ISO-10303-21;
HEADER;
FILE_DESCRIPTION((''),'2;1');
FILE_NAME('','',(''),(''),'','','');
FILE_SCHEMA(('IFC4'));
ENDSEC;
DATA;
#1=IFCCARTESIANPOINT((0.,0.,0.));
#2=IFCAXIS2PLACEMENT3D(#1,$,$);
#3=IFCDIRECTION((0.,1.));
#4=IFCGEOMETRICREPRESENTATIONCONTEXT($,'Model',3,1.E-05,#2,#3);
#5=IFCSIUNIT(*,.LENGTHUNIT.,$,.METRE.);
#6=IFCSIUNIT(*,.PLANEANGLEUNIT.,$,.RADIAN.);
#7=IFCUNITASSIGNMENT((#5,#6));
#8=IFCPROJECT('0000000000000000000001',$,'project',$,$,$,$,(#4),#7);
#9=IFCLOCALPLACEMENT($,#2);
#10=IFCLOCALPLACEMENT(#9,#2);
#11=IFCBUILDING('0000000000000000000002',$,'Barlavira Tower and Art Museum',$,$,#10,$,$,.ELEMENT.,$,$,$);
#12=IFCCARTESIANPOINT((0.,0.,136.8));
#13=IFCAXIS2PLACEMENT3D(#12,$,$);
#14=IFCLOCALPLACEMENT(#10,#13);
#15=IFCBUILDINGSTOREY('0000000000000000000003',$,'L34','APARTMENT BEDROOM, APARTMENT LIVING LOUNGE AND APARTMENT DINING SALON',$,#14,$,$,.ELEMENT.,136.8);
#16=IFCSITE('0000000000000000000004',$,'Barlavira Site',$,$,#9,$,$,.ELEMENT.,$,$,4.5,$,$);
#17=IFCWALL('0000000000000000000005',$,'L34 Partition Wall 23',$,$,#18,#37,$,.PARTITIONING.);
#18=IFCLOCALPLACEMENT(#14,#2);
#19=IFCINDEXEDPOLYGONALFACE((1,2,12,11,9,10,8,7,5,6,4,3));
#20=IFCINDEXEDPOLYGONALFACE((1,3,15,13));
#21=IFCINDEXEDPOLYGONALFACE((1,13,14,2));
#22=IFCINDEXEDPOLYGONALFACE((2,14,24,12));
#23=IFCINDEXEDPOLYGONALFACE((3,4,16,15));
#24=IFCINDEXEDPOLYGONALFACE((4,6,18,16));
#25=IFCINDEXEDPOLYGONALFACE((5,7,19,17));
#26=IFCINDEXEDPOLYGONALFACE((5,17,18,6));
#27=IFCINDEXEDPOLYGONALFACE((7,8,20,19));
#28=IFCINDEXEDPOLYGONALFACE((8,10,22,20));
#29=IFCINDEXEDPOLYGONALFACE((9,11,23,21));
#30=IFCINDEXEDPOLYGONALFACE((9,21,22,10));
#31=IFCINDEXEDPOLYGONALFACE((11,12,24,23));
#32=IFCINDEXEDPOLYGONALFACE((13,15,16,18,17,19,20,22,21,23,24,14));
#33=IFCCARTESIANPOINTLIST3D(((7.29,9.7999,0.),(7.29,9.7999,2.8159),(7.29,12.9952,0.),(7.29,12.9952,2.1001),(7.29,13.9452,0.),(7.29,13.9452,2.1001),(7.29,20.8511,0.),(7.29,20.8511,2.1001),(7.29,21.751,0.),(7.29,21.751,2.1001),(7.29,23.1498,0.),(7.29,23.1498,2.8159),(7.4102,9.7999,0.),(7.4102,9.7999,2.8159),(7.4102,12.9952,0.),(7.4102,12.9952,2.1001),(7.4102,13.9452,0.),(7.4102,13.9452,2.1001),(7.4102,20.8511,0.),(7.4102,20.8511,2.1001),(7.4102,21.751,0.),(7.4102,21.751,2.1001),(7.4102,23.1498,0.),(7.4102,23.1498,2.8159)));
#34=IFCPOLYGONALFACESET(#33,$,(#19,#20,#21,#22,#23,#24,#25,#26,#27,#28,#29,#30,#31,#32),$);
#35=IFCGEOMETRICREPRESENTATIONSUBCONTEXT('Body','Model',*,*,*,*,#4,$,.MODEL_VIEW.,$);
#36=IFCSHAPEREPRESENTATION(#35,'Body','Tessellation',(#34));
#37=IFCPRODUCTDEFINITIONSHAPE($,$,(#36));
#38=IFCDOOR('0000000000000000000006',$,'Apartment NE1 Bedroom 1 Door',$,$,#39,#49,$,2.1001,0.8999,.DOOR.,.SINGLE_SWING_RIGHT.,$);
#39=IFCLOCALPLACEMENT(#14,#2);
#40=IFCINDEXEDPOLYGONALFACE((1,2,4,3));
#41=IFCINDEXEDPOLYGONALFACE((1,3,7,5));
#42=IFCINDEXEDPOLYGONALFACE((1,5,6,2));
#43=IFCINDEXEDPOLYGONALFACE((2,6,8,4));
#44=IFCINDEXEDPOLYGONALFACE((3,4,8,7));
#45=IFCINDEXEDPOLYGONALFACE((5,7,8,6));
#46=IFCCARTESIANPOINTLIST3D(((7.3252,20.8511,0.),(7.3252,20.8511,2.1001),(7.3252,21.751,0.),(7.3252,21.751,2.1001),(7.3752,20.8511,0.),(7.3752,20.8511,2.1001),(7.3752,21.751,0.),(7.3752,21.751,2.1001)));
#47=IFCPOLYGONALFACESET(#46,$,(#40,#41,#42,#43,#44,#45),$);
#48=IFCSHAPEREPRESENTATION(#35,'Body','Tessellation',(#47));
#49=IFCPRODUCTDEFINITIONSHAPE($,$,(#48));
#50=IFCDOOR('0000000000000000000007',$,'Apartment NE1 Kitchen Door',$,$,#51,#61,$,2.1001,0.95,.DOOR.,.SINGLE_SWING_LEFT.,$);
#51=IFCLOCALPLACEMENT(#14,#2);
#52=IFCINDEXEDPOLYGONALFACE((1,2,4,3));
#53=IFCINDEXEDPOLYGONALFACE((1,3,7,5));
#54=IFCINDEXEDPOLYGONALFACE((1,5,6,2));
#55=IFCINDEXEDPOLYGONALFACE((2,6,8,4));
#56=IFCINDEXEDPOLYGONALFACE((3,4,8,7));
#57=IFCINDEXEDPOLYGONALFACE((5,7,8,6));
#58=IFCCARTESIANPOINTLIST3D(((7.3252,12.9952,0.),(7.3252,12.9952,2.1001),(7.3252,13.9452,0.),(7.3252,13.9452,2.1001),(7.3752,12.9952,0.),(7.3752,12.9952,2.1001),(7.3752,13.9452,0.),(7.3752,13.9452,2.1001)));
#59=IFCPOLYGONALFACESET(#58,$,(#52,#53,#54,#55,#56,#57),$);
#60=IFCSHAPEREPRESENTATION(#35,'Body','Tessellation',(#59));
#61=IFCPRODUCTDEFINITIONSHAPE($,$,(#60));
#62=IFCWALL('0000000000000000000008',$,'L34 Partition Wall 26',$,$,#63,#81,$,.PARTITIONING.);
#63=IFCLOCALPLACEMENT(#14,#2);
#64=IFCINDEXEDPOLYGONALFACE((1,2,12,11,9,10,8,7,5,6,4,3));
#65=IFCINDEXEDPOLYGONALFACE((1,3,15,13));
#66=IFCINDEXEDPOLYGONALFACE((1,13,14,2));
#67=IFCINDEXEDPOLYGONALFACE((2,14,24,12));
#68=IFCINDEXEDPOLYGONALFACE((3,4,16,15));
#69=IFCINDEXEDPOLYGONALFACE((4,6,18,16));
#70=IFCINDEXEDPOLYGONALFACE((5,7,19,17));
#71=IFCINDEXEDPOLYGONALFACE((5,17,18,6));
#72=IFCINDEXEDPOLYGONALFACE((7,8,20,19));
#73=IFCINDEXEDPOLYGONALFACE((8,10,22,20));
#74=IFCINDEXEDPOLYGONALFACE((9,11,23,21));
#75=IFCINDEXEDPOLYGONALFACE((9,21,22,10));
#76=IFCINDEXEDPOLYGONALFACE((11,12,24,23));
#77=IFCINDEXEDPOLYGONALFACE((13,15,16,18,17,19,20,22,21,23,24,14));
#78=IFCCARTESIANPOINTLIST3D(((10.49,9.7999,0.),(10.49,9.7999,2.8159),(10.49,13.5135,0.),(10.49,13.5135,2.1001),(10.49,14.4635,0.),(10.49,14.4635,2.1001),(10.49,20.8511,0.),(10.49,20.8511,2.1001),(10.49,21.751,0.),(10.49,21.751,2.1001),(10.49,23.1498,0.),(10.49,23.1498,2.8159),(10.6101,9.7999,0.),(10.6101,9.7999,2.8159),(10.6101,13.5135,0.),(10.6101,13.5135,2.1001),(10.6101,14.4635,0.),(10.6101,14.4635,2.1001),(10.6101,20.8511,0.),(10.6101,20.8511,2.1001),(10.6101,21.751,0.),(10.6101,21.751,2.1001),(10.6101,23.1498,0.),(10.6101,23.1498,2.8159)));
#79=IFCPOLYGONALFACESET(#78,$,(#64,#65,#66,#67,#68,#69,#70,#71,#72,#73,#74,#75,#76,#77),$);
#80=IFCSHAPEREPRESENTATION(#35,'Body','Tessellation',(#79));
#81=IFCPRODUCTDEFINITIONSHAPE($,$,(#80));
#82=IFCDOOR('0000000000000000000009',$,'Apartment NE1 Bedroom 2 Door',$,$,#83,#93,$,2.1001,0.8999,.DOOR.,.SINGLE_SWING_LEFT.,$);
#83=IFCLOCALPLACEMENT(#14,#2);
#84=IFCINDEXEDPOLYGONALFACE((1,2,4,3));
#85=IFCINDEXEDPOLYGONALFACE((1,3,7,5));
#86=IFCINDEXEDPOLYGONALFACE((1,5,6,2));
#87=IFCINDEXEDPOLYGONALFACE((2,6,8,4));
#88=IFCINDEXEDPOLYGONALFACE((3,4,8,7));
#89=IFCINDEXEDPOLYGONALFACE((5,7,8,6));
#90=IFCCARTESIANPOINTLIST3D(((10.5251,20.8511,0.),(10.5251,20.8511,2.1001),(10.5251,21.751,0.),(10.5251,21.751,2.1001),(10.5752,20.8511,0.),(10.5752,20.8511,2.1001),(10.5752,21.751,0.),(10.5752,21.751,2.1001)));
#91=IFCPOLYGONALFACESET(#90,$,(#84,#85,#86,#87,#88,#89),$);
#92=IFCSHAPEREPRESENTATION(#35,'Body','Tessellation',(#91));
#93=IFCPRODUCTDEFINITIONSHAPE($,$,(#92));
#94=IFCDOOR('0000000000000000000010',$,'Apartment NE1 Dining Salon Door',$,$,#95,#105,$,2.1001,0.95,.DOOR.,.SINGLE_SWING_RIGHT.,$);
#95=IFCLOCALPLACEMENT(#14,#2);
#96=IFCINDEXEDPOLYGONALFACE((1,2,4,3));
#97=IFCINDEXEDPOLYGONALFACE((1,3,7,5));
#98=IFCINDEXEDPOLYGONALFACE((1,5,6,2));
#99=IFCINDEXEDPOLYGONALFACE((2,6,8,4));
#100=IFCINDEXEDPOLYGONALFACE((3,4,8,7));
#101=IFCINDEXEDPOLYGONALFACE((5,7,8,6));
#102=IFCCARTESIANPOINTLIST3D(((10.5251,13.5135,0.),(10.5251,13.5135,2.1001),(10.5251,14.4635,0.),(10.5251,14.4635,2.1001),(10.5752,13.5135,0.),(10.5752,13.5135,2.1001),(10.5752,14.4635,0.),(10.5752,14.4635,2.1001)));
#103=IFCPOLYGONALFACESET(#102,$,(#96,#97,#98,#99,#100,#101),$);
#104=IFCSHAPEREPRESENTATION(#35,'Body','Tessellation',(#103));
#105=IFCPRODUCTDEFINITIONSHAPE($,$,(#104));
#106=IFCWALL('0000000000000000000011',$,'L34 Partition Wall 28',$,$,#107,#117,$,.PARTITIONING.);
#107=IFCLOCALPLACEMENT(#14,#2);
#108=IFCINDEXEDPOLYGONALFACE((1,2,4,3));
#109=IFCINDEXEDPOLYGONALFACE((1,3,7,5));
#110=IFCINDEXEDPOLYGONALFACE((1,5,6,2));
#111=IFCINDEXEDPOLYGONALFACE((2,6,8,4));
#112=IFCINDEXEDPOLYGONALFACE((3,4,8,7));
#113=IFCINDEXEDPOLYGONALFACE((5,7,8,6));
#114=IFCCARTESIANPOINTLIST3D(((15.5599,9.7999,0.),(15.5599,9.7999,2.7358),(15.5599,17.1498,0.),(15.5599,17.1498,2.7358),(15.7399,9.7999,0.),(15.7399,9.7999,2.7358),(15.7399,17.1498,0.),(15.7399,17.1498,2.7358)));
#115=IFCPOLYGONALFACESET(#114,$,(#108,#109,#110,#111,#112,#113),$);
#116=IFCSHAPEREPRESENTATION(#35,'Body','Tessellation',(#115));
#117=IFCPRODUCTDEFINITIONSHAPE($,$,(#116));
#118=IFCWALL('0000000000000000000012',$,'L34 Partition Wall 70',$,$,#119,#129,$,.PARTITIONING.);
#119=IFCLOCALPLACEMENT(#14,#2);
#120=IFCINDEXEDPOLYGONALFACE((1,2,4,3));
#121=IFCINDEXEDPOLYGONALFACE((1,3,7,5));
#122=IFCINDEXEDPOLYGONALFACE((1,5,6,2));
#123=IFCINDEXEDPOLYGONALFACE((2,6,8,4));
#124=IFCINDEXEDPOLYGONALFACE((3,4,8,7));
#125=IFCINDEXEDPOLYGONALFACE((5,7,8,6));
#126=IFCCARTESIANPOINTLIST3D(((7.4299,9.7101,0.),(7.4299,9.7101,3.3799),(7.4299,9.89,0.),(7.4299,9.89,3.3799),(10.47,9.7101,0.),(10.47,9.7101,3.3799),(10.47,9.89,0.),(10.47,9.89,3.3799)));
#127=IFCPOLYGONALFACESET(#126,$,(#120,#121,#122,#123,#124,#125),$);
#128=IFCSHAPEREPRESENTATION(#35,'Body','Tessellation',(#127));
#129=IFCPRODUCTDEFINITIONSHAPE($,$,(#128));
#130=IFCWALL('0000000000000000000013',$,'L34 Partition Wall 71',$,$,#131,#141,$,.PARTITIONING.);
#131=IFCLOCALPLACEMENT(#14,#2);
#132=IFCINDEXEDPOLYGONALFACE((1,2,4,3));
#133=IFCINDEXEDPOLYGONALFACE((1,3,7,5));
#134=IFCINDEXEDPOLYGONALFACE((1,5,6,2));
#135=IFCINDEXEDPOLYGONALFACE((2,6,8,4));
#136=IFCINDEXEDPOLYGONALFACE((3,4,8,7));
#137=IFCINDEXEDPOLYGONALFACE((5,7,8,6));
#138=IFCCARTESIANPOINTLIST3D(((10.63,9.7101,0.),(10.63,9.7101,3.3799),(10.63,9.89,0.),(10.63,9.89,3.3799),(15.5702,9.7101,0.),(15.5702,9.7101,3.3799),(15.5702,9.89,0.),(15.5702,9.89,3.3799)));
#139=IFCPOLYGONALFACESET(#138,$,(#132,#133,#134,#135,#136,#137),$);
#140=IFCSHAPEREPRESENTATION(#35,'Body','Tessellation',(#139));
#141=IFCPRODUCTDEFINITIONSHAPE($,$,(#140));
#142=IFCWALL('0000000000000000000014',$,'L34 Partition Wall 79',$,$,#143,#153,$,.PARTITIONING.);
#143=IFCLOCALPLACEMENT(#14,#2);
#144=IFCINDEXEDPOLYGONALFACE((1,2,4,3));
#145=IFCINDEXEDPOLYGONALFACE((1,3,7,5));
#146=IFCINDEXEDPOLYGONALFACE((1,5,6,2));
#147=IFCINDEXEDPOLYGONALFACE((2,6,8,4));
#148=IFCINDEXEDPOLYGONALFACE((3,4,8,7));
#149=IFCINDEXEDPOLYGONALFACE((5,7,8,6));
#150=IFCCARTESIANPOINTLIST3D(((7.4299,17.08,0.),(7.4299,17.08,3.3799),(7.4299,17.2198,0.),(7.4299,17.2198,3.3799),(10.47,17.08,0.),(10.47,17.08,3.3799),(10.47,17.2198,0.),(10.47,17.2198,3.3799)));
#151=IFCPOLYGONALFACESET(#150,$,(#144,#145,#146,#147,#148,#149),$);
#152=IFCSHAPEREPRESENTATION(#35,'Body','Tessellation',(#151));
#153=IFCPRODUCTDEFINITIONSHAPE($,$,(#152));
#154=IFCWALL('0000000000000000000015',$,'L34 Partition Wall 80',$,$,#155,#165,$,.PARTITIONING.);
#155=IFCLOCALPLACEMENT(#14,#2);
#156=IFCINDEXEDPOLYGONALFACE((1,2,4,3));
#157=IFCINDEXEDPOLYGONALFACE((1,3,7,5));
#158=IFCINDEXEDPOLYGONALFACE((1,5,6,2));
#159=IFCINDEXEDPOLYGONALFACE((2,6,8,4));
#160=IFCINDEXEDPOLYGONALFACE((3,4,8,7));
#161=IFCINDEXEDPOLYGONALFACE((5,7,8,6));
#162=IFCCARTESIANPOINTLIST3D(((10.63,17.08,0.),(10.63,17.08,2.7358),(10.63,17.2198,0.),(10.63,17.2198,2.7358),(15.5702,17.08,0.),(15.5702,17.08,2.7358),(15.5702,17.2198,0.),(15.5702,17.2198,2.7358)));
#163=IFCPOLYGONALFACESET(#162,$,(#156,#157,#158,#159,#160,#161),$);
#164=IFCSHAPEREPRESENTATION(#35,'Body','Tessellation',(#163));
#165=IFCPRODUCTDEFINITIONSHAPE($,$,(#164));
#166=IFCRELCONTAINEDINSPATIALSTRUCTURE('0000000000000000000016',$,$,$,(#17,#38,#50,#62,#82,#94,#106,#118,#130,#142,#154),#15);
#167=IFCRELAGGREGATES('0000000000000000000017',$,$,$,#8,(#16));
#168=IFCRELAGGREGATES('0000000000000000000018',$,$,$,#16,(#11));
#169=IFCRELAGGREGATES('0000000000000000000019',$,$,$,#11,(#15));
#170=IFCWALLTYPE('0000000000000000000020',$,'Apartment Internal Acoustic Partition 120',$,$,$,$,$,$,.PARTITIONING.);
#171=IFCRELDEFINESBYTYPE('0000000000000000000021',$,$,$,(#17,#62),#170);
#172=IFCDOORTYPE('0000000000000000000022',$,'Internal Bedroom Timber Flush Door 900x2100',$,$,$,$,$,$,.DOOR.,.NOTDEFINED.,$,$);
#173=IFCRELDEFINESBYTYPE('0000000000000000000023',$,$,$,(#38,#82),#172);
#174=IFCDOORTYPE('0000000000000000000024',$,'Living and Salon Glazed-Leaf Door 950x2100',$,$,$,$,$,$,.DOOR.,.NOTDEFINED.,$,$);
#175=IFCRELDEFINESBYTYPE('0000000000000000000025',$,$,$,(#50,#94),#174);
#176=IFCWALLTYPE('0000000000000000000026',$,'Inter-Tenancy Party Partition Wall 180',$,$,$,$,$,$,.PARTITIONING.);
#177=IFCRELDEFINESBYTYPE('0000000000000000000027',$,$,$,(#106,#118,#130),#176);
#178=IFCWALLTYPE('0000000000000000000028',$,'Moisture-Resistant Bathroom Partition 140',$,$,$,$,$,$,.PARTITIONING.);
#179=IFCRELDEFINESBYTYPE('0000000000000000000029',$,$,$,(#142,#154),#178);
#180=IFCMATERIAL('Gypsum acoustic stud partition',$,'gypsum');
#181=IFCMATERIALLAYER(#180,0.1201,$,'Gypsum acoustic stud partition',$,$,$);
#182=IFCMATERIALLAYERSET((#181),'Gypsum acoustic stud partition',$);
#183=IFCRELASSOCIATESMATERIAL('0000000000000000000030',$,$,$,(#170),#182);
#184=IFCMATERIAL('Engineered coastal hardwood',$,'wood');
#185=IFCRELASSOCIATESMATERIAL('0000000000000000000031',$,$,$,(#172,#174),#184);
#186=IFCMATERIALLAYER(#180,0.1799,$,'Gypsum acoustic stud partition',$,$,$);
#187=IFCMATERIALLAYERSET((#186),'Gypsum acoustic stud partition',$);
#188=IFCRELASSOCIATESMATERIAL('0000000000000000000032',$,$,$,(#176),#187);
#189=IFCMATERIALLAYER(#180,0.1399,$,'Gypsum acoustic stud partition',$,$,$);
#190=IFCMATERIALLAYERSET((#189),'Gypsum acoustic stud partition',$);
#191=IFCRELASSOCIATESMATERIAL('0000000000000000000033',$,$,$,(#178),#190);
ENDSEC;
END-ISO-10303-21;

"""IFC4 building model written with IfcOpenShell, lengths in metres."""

from ifc_helpers import new_model, si_unit, direction, frame, frame_2d, origin, place, context, subcontext, project, spatial, rectangle, extrude, material, layer, layer_set, type_object, element, fill, save


model = new_model("IFC4")

# Units and contexts
model_context = context("Model", 3, precision=1e-05, world=origin(), true_north=direction((0.0, 1.0)))
body_context = subcontext(model_context, "Body", "Model", "MODEL_VIEW")
ifc_project = project(units=[si_unit("LENGTHUNIT", "METRE"), si_unit("PLANEANGLEUNIT", "RADIAN")], contexts=[model_context])

# Site, building, storey
site_placement = place(None, origin())
site = spatial("IfcSite", under=ifc_project, at=site_placement, Name="Barlavira Site", CompositionType="ELEMENT", RefElevation=4.5)
building_placement = place(site_placement, origin())
building = spatial("IfcBuilding", under=site, at=building_placement, Name="Barlavira Tower and Art Museum", CompositionType="ELEMENT")
storey_placement = place(building_placement, frame((0.0, 0.0, 136.8)))
storey = spatial("IfcBuildingStorey", under=building, at=storey_placement, Name="L34", Description="APARTMENT BEDROOM, APARTMENT LIVING LOUNGE AND APARTMENT DINING SALON", CompositionType="ELEMENT", Elevation=136.8)

# Walls, openings, doors
ifc_material_1 = material(Name="Gypsum acoustic stud partition", Category="gypsum")
ifc_layer_1 = layer(ifc_material_1, 0.1201, Name="Gypsum acoustic stud partition")
ifc_layer_set_1 = layer_set([ifc_layer_1], Name="Gypsum acoustic stud partition")
wall_type_1 = type_object("IfcWallType", Name="Apartment Internal Acoustic Partition 120", PredefinedType="PARTITIONING", material=ifc_layer_set_1)
wall_1_placement = place(storey_placement, frame((7.3501, 9.8, 0.0), z_axis=(0.0, 0.0, 1.0), x_axis=(0.0, 1.0, 0.0)))
wall_1 = element("IfcWall", 1, at=wall_1_placement, inside=storey, type_object=wall_type_1, Name="L34 Partition Wall 23", PredefinedType="PARTITIONING", context=body_context, shape_type="SweptSolid", body=[
    extrude(rectangle(XDim=13.3499, YDim=0.1201, at=frame_2d((6.6748, 0.0))), origin(), (0.0, 0.0, 1.0), 2.8159),
])
opening_1_placement = place(wall_1_placement, frame((3.1951, 0.0, 0.0)))
opening_1 = element("IfcOpeningElement", 2, at=opening_1_placement, cuts=wall_1, PredefinedType="OPENING", context=body_context, shape_type="SweptSolid", body=[
    extrude(rectangle(XDim=0.95, YDim=2.1001, at=frame_2d((0.4751, 1.05))), frame((0.0, 0.0701, 0.0), z_axis=(0.0, -1.0, 0.0), x_axis=(1.0, 0.0, 0.0)), (0.0, 0.0, 1.0), 0.1401),
])
opening_2_placement = place(wall_1_placement, frame((11.051, 0.0, 0.0)))
opening_2 = element("IfcOpeningElement", 3, at=opening_2_placement, cuts=wall_1, PredefinedType="OPENING", context=body_context, shape_type="SweptSolid", body=[
    extrude(rectangle(XDim=0.8999, YDim=2.1001, at=frame_2d((0.45, 1.05))), frame((0.0, 0.0701, 0.0), z_axis=(0.0, -1.0, 0.0), x_axis=(1.0, 0.0, 0.0)), (0.0, 0.0, 1.0), 0.1401),
])
ifc_material_2 = material(Name="Engineered coastal hardwood", Category="wood")
door_type_1 = type_object("IfcDoorType", Name="Internal Bedroom Timber Flush Door 900x2100", OperationType="NOTDEFINED", PredefinedType="DOOR", material=ifc_material_2)
door_1_placement = place(opening_2_placement, origin())
door_1 = element("IfcDoor", 4, at=door_1_placement, inside=storey, type_object=door_type_1, Name="Apartment NE1 Bedroom 1 Door", OperationType="SINGLE_SWING_RIGHT", OverallHeight=2.1001, OverallWidth=0.8999, PredefinedType="DOOR", context=body_context, shape_type="SweptSolid", body=[
    extrude(rectangle(XDim=0.8999, YDim=2.1001, at=frame_2d((0.45, 1.05))), frame((0.0, 0.0249, 0.0), z_axis=(0.0, -1.0, 0.0), x_axis=(1.0, 0.0, 0.0)), (0.0, 0.0, 1.0), 0.05),
])
fill(opening_2, door_1)
door_type_2 = type_object("IfcDoorType", Name="Living and Salon Glazed-Leaf Door 950x2100", OperationType="NOTDEFINED", PredefinedType="DOOR", material=ifc_material_2)
door_2_placement = place(opening_1_placement, origin())
door_2 = element("IfcDoor", 5, at=door_2_placement, inside=storey, type_object=door_type_2, Name="Apartment NE1 Kitchen Door", OperationType="SINGLE_SWING_LEFT", OverallHeight=2.1001, OverallWidth=0.95, PredefinedType="DOOR", context=body_context, shape_type="SweptSolid", body=[
    extrude(rectangle(XDim=0.95, YDim=2.1001, at=frame_2d((0.4751, 1.05))), frame((0.0, 0.0249, 0.0), z_axis=(0.0, -1.0, 0.0), x_axis=(1.0, 0.0, 0.0)), (0.0, 0.0, 1.0), 0.05),
])
fill(opening_1, door_2)
wall_2_placement = place(storey_placement, frame((10.55, 9.8, 0.0), z_axis=(0.0, 0.0, 1.0), x_axis=(0.0, 1.0, 0.0)))
wall_2 = element("IfcWall", 6, at=wall_2_placement, inside=storey, type_object=wall_type_1, Name="L34 Partition Wall 26", PredefinedType="PARTITIONING", context=body_context, shape_type="SweptSolid", body=[
    extrude(rectangle(XDim=13.3499, YDim=0.1201, at=frame_2d((6.6748, 0.0))), origin(), (0.0, 0.0, 1.0), 2.8159),
])
opening_3_placement = place(wall_2_placement, frame((3.7134, 0.0, 0.0)))
opening_3 = element("IfcOpeningElement", 7, at=opening_3_placement, cuts=wall_2, PredefinedType="OPENING", context=body_context, shape_type="SweptSolid", body=[
    extrude(rectangle(XDim=0.95, YDim=2.1001, at=frame_2d((0.4751, 1.05))), frame((0.0, 0.0701, 0.0), z_axis=(0.0, -1.0, 0.0), x_axis=(1.0, 0.0, 0.0)), (0.0, 0.0, 1.0), 0.1401),
])
opening_4_placement = place(wall_2_placement, frame((11.051, 0.0, 0.0)))
opening_4 = element("IfcOpeningElement", 8, at=opening_4_placement, cuts=wall_2, PredefinedType="OPENING", context=body_context, shape_type="SweptSolid", body=[
    extrude(rectangle(XDim=0.8999, YDim=2.1001, at=frame_2d((0.45, 1.05))), frame((0.0, 0.0701, 0.0), z_axis=(0.0, -1.0, 0.0), x_axis=(1.0, 0.0, 0.0)), (0.0, 0.0, 1.0), 0.1401),
])
door_3_placement = place(opening_4_placement, origin())
door_3 = element("IfcDoor", 9, at=door_3_placement, inside=storey, type_object=door_type_1, Name="Apartment NE1 Bedroom 2 Door", OperationType="SINGLE_SWING_LEFT", OverallHeight=2.1001, OverallWidth=0.8999, PredefinedType="DOOR", context=body_context, shape_type="SweptSolid", body=[
    extrude(rectangle(XDim=0.8999, YDim=2.1001, at=frame_2d((0.45, 1.05))), frame((0.0, 0.0249, 0.0), z_axis=(0.0, -1.0, 0.0), x_axis=(1.0, 0.0, 0.0)), (0.0, 0.0, 1.0), 0.05),
])
fill(opening_4, door_3)
door_4_placement = place(opening_3_placement, origin())
door_4 = element("IfcDoor", 10, at=door_4_placement, inside=storey, type_object=door_type_2, Name="Apartment NE1 Dining Salon Door", OperationType="SINGLE_SWING_RIGHT", OverallHeight=2.1001, OverallWidth=0.95, PredefinedType="DOOR", context=body_context, shape_type="SweptSolid", body=[
    extrude(rectangle(XDim=0.95, YDim=2.1001, at=frame_2d((0.4751, 1.05))), frame((0.0, 0.0249, 0.0), z_axis=(0.0, -1.0, 0.0), x_axis=(1.0, 0.0, 0.0)), (0.0, 0.0, 1.0), 0.05),
])
fill(opening_3, door_4)

# Walls
ifc_layer_2 = layer(ifc_material_1, 0.1799, Name="Gypsum acoustic stud partition")
ifc_layer_set_2 = layer_set([ifc_layer_2], Name="Gypsum acoustic stud partition")
wall_type_2 = type_object("IfcWallType", Name="Inter-Tenancy Party Partition Wall 180", PredefinedType="PARTITIONING", material=ifc_layer_set_2)
wall_3_placement = place(storey_placement, frame((15.6499, 9.8, 0.0), z_axis=(0.0, 0.0, 1.0), x_axis=(0.0, 1.0, 0.0)))
element("IfcWall", 11, at=wall_3_placement, inside=storey, type_object=wall_type_2, Name="L34 Partition Wall 28", PredefinedType="PARTITIONING", context=body_context, shape_type="SweptSolid", body=[
    extrude(rectangle(XDim=7.3499, YDim=0.1799, at=frame_2d((3.6748, 0.0))), origin(), (0.0, 0.0, 1.0), 2.7358),
])
wall_4_placement = place(storey_placement, frame((7.4299, 9.8, 0.0), z_axis=(0.0, 0.0, 1.0), x_axis=(1.0, 0.0, 0.0)))
element("IfcWall", 12, at=wall_4_placement, inside=storey, type_object=wall_type_2, Name="L34 Partition Wall 70", PredefinedType="PARTITIONING", context=body_context, shape_type="SweptSolid", body=[
    extrude(rectangle(XDim=3.04, YDim=0.1799, at=frame_2d((1.52, 0.0))), origin(), (0.0, 0.0, 1.0), 3.3799),
])
wall_5_placement = place(storey_placement, frame((10.6299, 9.8, 0.0), z_axis=(0.0, 0.0, 1.0), x_axis=(1.0, 0.0, 0.0)))
element("IfcWall", 13, at=wall_5_placement, inside=storey, type_object=wall_type_2, Name="L34 Partition Wall 71", PredefinedType="PARTITIONING", context=body_context, shape_type="SweptSolid", body=[
    extrude(rectangle(XDim=4.9402, YDim=0.1799, at=frame_2d((2.4702, 0.0))), origin(), (0.0, 0.0, 1.0), 3.3799),
])
ifc_layer_3 = layer(ifc_material_1, 0.1399, Name="Gypsum acoustic stud partition")
ifc_layer_set_3 = layer_set([ifc_layer_3], Name="Gypsum acoustic stud partition")
wall_type_3 = type_object("IfcWallType", Name="Moisture-Resistant Bathroom Partition 140", PredefinedType="PARTITIONING", material=ifc_layer_set_3)
wall_6_placement = place(storey_placement, frame((7.4299, 17.1499, 0.0), z_axis=(0.0, 0.0, 1.0), x_axis=(1.0, 0.0, 0.0)))
element("IfcWall", 14, at=wall_6_placement, inside=storey, type_object=wall_type_3, Name="L34 Partition Wall 79", PredefinedType="PARTITIONING", context=body_context, shape_type="SweptSolid", body=[
    extrude(rectangle(XDim=3.04, YDim=0.1399, at=frame_2d((1.52, 0.0))), origin(), (0.0, 0.0, 1.0), 3.3799),
])
wall_7_placement = place(storey_placement, frame((10.6299, 17.1499, 0.0), z_axis=(0.0, 0.0, 1.0), x_axis=(1.0, 0.0, 0.0)))
element("IfcWall", 15, at=wall_7_placement, inside=storey, type_object=wall_type_3, Name="L34 Partition Wall 80", PredefinedType="PARTITIONING", context=body_context, shape_type="SweptSolid", body=[
    extrude(rectangle(XDim=4.9402, YDim=0.1399, at=frame_2d((2.4702, 0.0))), origin(), (0.0, 0.0, 1.0), 2.7358),
])

save(model, "model.ifc")
